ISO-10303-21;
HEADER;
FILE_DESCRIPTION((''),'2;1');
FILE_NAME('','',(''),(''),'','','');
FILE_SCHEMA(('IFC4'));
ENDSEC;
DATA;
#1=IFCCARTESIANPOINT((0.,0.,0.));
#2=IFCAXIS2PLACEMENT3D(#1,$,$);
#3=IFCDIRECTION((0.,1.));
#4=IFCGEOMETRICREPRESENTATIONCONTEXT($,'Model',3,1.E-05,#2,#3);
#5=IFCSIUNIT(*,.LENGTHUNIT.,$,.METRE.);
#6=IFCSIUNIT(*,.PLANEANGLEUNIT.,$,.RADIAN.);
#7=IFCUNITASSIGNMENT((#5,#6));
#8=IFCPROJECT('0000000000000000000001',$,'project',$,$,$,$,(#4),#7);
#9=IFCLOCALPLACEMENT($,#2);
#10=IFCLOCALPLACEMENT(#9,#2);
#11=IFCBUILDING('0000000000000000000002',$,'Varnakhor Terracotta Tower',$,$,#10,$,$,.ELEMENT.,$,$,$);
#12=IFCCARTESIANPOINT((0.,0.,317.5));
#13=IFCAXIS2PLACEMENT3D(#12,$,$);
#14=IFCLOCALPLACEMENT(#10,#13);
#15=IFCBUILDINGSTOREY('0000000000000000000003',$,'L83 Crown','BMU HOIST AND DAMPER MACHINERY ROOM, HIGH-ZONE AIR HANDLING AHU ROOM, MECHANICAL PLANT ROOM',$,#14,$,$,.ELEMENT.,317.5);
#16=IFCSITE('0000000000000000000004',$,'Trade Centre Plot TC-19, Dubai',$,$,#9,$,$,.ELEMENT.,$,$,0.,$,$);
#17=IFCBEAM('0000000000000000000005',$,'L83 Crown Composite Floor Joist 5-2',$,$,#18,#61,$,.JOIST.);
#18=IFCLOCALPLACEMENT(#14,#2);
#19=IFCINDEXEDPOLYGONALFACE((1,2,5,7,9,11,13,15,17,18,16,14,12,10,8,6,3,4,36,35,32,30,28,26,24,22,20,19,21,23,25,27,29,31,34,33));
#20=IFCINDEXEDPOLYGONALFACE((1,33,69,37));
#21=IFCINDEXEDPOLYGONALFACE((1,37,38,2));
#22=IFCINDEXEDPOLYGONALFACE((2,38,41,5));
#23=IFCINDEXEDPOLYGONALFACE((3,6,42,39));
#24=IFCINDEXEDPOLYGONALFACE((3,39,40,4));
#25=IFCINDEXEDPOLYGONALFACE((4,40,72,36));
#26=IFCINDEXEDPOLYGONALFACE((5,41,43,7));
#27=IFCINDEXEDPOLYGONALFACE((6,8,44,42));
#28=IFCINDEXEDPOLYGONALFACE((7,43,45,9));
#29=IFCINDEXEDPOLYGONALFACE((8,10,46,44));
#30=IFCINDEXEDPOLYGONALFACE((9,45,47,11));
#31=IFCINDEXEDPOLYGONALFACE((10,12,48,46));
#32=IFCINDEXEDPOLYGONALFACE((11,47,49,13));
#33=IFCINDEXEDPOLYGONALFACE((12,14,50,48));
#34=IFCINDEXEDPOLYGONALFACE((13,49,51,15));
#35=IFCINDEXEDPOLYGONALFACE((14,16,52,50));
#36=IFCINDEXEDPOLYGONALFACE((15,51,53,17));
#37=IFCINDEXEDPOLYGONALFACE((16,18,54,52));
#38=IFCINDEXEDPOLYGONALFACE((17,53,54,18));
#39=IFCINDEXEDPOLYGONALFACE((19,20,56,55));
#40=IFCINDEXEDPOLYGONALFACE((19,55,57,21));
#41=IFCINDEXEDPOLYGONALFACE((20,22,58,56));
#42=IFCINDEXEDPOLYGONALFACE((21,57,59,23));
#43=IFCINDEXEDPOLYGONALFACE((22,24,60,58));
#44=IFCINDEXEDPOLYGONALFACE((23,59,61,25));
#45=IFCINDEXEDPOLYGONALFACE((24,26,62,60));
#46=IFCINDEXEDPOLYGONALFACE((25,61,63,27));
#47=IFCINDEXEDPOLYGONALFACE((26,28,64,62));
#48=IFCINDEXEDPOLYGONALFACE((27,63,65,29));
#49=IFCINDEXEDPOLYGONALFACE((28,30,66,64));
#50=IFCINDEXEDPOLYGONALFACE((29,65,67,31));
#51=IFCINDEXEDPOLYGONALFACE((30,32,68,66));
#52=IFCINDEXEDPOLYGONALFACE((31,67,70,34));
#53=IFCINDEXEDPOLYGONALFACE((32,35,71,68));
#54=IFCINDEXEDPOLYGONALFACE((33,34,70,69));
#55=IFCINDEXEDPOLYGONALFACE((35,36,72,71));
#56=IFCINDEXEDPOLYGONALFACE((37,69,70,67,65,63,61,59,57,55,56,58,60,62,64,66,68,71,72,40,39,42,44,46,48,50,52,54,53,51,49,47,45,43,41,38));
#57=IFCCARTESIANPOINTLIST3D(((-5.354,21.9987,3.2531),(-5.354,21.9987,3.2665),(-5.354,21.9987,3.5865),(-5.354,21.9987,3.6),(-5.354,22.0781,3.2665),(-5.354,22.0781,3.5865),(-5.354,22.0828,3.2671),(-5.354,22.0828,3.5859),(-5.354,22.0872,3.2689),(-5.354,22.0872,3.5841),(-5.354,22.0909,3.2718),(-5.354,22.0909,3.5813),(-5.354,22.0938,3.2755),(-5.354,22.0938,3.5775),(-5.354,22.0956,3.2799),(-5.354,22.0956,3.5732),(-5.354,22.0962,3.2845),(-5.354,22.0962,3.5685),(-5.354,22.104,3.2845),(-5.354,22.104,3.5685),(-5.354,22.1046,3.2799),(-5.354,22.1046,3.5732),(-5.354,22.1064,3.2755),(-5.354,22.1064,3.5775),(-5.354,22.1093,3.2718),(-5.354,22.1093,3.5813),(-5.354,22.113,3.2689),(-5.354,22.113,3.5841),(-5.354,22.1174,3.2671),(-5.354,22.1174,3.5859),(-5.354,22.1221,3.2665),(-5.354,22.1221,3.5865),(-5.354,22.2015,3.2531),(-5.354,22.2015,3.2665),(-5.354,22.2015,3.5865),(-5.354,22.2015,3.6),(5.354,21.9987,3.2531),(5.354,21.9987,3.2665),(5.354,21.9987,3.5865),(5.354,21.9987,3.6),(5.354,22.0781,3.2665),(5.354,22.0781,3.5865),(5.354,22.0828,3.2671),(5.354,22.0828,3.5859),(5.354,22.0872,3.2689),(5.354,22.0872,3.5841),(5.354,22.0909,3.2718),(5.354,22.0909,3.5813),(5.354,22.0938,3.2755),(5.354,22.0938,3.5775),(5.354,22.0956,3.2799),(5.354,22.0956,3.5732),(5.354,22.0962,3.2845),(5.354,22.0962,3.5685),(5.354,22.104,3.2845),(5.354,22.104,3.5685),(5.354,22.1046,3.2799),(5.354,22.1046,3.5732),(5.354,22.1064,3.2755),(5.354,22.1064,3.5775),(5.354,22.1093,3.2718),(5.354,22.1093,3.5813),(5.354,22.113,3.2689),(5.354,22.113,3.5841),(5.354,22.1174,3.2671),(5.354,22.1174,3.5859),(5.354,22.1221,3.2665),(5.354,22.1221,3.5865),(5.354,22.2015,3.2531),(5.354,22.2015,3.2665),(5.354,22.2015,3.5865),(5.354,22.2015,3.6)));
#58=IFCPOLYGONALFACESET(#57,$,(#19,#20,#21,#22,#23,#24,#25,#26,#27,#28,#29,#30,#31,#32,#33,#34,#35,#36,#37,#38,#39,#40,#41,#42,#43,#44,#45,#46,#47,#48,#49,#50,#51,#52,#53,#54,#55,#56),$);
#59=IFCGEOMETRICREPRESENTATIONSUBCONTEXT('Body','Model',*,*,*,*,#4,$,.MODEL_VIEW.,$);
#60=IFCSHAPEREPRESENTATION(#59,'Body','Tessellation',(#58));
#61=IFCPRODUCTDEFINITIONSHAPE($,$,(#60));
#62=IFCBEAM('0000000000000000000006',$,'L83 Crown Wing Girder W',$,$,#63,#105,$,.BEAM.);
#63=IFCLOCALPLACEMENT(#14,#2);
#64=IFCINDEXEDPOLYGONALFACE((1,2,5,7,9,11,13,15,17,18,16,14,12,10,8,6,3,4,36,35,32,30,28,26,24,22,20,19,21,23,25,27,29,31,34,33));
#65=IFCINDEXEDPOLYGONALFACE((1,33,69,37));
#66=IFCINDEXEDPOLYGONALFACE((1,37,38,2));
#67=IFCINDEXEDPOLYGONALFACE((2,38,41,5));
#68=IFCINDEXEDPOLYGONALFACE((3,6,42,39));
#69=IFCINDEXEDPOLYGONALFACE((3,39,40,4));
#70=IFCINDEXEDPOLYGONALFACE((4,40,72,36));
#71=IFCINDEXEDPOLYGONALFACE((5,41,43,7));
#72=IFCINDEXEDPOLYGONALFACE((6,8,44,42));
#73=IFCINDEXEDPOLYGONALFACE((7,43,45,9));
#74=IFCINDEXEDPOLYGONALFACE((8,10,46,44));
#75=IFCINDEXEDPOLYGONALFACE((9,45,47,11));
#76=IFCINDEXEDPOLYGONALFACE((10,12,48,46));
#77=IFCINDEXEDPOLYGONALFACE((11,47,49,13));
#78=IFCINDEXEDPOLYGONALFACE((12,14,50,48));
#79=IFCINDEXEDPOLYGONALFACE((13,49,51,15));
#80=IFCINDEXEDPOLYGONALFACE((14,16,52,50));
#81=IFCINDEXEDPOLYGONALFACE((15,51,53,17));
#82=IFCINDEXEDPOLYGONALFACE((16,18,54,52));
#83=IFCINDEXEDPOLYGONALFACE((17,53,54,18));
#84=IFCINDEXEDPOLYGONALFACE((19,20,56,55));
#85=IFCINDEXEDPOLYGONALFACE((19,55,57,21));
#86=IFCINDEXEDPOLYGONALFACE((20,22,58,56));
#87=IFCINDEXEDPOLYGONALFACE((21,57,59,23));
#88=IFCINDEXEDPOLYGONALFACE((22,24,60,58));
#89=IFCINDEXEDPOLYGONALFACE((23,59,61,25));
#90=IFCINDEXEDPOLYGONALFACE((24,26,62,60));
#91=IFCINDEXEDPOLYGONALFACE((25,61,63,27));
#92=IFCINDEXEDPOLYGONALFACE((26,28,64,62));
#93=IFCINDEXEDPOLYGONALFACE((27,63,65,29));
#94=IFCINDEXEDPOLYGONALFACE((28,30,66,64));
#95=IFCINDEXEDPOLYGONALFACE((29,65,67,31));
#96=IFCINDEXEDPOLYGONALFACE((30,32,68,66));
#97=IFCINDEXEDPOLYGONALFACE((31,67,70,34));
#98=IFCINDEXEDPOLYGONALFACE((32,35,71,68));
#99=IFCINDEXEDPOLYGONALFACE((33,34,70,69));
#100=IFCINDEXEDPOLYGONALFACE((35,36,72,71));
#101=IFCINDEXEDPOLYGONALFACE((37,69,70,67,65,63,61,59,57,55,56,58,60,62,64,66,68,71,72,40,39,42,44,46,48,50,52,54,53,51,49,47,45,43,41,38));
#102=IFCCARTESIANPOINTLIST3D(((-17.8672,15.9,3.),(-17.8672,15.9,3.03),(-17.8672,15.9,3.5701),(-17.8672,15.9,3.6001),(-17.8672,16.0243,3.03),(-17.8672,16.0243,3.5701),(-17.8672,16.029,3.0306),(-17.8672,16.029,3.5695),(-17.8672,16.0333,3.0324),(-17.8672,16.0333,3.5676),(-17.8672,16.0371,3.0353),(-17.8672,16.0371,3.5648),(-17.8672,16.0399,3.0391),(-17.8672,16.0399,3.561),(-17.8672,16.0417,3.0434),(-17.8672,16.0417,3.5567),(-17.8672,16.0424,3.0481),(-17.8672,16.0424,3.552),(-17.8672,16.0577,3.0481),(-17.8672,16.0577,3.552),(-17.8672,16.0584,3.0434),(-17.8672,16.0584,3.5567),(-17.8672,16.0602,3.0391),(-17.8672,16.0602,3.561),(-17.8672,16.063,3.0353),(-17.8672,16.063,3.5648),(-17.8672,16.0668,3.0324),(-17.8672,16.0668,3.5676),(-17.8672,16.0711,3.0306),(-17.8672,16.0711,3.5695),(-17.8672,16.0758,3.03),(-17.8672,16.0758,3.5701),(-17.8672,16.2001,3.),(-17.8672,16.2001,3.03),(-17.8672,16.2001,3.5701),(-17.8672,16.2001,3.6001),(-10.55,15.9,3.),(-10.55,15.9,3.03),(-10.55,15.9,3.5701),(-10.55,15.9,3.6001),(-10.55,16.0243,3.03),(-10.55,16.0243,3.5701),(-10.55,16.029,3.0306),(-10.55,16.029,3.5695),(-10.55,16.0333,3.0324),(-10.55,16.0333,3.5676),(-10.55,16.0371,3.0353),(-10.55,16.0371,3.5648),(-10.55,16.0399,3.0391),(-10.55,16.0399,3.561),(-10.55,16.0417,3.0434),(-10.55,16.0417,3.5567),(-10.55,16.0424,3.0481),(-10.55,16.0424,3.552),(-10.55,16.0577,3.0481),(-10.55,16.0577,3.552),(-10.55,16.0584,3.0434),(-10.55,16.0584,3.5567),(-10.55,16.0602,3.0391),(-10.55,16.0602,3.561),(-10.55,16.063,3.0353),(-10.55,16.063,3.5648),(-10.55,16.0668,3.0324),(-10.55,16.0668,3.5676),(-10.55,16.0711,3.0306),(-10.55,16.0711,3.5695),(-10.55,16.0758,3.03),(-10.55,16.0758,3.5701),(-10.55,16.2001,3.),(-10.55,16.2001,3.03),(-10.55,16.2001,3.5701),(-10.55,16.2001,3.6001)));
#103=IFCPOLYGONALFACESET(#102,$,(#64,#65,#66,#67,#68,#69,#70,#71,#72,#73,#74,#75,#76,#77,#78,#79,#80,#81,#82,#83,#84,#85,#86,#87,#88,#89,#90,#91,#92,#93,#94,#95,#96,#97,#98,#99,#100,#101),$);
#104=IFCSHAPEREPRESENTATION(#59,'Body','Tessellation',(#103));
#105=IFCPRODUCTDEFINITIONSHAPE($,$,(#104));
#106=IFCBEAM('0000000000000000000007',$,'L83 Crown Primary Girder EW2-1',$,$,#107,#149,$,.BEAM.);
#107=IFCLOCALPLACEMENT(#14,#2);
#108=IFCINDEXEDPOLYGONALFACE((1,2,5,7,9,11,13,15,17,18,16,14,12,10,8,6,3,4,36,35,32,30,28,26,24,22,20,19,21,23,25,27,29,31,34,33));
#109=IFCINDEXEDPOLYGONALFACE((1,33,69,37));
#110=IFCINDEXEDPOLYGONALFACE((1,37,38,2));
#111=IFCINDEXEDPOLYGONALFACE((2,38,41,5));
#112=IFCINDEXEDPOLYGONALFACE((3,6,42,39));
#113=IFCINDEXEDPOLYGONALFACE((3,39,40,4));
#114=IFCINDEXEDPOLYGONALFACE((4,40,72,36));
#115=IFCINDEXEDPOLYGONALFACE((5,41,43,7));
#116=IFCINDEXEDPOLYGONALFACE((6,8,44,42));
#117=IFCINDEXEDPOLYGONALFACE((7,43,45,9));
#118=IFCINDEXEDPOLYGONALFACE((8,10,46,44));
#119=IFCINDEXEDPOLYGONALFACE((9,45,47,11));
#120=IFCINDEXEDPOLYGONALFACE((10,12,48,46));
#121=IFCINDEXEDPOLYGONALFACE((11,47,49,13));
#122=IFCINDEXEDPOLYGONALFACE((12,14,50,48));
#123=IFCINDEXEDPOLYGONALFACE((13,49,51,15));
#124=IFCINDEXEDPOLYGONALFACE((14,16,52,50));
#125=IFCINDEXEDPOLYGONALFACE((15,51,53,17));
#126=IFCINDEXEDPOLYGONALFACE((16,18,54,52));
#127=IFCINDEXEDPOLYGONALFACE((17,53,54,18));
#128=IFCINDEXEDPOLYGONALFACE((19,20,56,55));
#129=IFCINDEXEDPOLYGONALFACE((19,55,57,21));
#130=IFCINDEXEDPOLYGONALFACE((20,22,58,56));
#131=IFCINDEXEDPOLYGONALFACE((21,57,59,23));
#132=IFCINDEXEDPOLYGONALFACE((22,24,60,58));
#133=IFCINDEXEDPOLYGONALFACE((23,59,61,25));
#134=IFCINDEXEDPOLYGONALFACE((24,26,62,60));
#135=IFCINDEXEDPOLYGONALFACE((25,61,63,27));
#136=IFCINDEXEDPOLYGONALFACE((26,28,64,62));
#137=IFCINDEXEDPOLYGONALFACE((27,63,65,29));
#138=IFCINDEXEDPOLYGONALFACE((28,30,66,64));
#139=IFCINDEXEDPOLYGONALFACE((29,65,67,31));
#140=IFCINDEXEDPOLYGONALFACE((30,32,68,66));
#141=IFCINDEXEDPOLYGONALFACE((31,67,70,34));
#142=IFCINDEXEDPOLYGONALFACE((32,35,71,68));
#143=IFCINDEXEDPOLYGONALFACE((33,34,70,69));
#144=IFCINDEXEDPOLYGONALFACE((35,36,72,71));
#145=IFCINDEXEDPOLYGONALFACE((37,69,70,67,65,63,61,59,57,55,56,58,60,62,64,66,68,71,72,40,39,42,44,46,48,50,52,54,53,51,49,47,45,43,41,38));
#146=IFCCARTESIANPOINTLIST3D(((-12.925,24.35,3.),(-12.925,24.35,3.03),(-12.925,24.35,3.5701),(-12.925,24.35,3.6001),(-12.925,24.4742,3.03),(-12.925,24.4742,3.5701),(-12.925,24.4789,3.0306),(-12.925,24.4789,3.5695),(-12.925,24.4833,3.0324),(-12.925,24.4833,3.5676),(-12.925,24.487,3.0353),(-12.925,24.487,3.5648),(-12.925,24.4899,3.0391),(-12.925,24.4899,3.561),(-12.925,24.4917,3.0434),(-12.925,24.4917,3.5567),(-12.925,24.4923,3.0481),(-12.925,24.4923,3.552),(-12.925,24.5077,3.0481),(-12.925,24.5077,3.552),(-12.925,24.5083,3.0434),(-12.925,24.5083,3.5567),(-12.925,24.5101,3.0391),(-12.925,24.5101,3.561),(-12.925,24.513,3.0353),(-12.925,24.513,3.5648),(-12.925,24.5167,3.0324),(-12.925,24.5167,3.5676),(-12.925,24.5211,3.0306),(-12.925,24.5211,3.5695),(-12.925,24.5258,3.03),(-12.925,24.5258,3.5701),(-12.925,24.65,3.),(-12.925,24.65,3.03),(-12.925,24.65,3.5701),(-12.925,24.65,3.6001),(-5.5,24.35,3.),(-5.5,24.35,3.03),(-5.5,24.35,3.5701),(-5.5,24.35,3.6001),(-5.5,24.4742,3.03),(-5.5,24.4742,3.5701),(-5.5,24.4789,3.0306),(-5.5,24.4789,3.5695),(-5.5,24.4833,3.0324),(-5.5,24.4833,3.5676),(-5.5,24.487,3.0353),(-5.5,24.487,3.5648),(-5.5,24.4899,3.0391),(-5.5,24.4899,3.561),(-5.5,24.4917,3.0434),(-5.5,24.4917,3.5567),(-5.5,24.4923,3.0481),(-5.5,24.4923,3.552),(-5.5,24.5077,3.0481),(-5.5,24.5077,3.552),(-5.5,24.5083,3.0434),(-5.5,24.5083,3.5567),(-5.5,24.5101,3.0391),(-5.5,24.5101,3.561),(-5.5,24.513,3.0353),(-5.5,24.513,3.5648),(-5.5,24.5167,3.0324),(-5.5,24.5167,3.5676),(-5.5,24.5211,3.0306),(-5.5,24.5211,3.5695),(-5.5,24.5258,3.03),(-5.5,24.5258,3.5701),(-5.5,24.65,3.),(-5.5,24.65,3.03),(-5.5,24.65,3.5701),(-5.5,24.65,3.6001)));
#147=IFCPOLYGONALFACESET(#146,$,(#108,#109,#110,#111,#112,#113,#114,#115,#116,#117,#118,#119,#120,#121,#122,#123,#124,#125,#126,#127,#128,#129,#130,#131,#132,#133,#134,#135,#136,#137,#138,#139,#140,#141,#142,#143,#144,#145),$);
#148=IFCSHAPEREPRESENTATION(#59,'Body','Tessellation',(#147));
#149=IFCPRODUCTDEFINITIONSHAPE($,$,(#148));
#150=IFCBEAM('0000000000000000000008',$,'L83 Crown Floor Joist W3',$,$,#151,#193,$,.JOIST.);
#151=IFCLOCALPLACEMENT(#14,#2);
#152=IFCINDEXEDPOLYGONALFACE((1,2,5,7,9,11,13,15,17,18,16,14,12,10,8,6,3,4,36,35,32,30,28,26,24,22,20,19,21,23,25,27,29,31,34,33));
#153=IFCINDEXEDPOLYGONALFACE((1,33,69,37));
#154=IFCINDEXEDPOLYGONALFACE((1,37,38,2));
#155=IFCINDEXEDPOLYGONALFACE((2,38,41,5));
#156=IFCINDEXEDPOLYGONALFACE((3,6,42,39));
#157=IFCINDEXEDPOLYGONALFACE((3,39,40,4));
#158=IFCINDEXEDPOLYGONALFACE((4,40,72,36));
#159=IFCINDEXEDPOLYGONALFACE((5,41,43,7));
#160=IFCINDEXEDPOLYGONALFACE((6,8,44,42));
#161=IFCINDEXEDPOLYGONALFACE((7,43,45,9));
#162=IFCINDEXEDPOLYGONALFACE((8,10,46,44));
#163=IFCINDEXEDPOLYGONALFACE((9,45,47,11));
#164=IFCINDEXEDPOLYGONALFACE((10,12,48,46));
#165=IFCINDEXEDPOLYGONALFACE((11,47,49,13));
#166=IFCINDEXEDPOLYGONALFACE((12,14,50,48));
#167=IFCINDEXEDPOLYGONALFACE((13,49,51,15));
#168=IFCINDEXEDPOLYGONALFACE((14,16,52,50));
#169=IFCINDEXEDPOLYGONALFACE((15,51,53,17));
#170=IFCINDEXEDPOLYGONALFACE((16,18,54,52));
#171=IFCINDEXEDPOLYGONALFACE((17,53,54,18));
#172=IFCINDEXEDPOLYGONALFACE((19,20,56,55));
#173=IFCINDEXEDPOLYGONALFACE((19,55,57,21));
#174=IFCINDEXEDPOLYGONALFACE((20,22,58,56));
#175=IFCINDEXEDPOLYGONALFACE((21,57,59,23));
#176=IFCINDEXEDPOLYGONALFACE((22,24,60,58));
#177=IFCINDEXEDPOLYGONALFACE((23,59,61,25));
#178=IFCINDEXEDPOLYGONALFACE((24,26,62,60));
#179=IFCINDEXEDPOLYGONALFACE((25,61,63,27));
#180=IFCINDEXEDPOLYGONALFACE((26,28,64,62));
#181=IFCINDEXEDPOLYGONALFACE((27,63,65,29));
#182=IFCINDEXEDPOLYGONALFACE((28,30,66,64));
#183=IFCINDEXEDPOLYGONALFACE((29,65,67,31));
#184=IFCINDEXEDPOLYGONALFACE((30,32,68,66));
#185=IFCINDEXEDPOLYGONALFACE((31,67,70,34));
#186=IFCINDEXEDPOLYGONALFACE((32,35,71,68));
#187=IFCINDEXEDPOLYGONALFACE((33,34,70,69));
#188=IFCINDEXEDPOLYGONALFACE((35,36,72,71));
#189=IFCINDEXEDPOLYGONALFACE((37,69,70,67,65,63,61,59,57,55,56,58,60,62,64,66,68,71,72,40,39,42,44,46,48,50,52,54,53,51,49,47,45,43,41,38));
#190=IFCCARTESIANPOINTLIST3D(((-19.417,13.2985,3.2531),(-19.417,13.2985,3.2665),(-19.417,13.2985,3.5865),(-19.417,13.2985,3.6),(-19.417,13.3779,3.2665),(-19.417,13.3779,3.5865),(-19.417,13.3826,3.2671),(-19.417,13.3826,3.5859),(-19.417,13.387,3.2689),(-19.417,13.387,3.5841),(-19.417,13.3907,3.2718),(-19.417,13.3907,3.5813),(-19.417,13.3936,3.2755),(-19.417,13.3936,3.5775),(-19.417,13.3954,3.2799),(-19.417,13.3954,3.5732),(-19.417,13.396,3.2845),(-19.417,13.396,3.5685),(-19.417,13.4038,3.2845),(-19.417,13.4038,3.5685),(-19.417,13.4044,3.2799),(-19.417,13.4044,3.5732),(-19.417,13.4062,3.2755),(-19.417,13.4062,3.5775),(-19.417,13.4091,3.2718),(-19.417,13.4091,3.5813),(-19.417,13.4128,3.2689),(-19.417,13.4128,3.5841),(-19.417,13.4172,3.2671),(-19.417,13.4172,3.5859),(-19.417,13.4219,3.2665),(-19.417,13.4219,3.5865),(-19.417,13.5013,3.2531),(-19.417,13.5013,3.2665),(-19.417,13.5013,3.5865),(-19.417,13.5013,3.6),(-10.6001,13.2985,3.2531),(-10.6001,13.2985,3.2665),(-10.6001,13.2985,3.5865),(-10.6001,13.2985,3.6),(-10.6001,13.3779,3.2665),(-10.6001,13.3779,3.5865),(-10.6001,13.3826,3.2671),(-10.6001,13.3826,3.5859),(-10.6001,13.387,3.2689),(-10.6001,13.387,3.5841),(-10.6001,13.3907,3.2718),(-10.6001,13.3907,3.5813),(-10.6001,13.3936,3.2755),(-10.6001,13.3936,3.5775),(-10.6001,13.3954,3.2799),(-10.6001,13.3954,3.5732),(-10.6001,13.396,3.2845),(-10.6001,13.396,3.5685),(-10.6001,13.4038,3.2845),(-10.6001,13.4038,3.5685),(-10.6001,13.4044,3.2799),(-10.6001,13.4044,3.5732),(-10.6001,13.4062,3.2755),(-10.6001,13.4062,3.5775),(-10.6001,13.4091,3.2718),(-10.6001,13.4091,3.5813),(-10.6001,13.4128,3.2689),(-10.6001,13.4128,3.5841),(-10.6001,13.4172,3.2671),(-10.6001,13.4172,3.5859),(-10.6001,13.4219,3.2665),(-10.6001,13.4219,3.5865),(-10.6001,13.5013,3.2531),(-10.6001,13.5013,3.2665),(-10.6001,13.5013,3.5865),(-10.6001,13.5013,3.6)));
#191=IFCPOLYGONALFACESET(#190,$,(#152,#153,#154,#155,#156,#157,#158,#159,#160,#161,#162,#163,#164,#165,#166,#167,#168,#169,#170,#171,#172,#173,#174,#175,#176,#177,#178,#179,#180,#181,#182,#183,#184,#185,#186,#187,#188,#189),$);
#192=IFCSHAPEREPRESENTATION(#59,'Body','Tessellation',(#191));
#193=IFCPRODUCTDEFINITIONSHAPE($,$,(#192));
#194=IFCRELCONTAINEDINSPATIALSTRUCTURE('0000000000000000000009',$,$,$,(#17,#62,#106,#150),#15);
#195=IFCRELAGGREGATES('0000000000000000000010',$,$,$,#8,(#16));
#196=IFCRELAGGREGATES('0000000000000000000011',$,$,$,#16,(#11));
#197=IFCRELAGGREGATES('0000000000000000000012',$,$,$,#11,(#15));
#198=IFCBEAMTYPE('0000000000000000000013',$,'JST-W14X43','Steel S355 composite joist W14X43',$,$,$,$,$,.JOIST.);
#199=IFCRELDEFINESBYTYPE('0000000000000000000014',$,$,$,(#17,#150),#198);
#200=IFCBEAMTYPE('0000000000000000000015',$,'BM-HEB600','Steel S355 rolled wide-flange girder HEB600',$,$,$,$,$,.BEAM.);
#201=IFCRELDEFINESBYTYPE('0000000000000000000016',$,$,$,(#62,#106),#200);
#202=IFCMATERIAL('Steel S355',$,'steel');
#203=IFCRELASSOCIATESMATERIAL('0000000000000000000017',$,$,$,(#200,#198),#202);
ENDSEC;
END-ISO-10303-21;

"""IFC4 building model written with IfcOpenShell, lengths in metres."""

from ifc_helpers import new_model, si_unit, direction, frame, origin, origin_2d, place, context, subcontext, project, spatial, i_section, extrude, source, transform, mapped, material, material_profile, profile_set, type_object, element, save


model = new_model("IFC4")

# Units and contexts
model_context = context("Model", 3, precision=1e-05, world=origin(), true_north=direction((0.0, 1.0)))
body_context = subcontext(model_context, "Body", "Model", "MODEL_VIEW")
ifc_project = project(units=[si_unit("LENGTHUNIT", "METRE"), si_unit("PLANEANGLEUNIT", "RADIAN")], contexts=[model_context])

# Site, building, storey
site_placement = place(None, origin())
site = spatial("IfcSite", under=ifc_project, at=site_placement, Name="Trade Centre Plot TC-19, Dubai", CompositionType="ELEMENT", RefElevation=0.0)
building_placement = place(site_placement, origin())
building = spatial("IfcBuilding", under=site, at=building_placement, Name="Varnakhor Terracotta Tower", CompositionType="ELEMENT")
storey_placement = place(building_placement, frame((0.0, 0.0, 317.5)))
storey = spatial("IfcBuildingStorey", under=building, at=storey_placement, Name="L83 Crown", Description="BMU HOIST AND DAMPER MACHINERY ROOM, HIGH-ZONE AIR HANDLING AHU ROOM, MECHANICAL PLANT ROOM", CompositionType="ELEMENT", Elevation=317.5)

# Beams
ifc_material_1 = material(Name="Steel S355", Category="steel")
ifc_material_profile_1 = material_profile(ifc_material_1, i_section(OverallWidth=0.3, OverallDepth=0.6001, WebThickness=0.0154, FlangeThickness=0.03, FilletRadius=0.0181, at=origin_2d()), Name="HEB600")
ifc_profile_set_1 = profile_set([ifc_material_profile_1], Name="Steel S355")
beam_type_1 = type_object("IfcBeamType", Name="BM-HEB600", Description="Steel S355 rolled wide-flange girder HEB600", PredefinedType="BEAM", material=ifc_profile_set_1)
ifc_material_profile_2 = material_profile(ifc_material_1, i_section(OverallWidth=0.2029, OverallDepth=0.3469, WebThickness=0.0078, FlangeThickness=0.0134, FilletRadius=0.0181, at=origin_2d()), Name="W14X43")
ifc_profile_set_2 = profile_set([ifc_material_profile_2], Name="Steel S355")
beam_type_2 = type_object("IfcBeamType", Name="JST-W14X43", Description="Steel S355 composite joist W14X43", PredefinedType="JOIST", material=ifc_profile_set_2)
shared_shape_1 = source(origin(), body_context, "Body", "SweptSolid", [
    extrude(i_section(OverallWidth=0.2029, OverallDepth=0.3469, WebThickness=0.0078, FlangeThickness=0.0134, FilletRadius=0.0181, at=origin_2d()), origin(), (0.0, 0.0, 1.0), 10.708),
])
for number, where, z_axis, x_axis, name in (
    (1, (-5.354, 22.1001, 3.4265), (1.0, 0.0, 0.0), (0.0, 1.0, 0.0), "L83 Crown Composite Floor Joist 5-2"),
):
    element("IfcBeam", number, at=place(storey_placement, frame(where, z_axis=z_axis, x_axis=x_axis)), inside=storey, type_object=beam_type_2, Name=name, PredefinedType="JOIST", context=body_context, shape_type="MappedRepresentation", body=[
        mapped(shared_shape_1, transform((0.0, 0.0, 0.0), scale=1.0)),
    ])
shared_shape_2 = source(origin(), body_context, "Body", "SweptSolid", [
    extrude(i_section(OverallWidth=0.3, OverallDepth=0.6001, WebThickness=0.0154, FlangeThickness=0.03, FilletRadius=0.0181, at=origin_2d()), origin(), (0.0, 0.0, 1.0), 7.3171),
])
beam_1_placement = place(storey_placement, frame((-17.8672, 16.05, 3.3), z_axis=(1.0, 0.0, 0.0), x_axis=(0.0, 1.0, 0.0)))
element("IfcBeam", 2, at=beam_1_placement, inside=storey, type_object=beam_type_1, Name="L83 Crown Wing Girder W", PredefinedType="BEAM", context=body_context, shape_type="MappedRepresentation", body=[
    mapped(shared_shape_2, transform((0.0, 0.0, 0.0), scale=1.0)),
])
shared_shape_3 = source(origin(), body_context, "Body", "SweptSolid", [
    extrude(i_section(OverallWidth=0.3, OverallDepth=0.6001, WebThickness=0.0154, FlangeThickness=0.03, FilletRadius=0.0181, at=origin_2d()), origin(), (0.0, 0.0, 1.0), 7.425),
])
beam_2_placement = place(storey_placement, frame((-12.925, 24.5, 3.3), z_axis=(1.0, 0.0, 0.0), x_axis=(0.0, 1.0, 0.0)))
element("IfcBeam", 3, at=beam_2_placement, inside=storey, type_object=beam_type_1, Name="L83 Crown Primary Girder EW2-1", PredefinedType="BEAM", context=body_context, shape_type="MappedRepresentation", body=[
    mapped(shared_shape_3, transform((0.0, 0.0, 0.0), scale=1.0)),
])
shared_shape_4 = source(origin(), body_context, "Body", "SweptSolid", [
    extrude(i_section(OverallWidth=0.2029, OverallDepth=0.3469, WebThickness=0.0078, FlangeThickness=0.0134, FilletRadius=0.0181, at=origin_2d()), origin(), (0.0, 0.0, 1.0), 8.8169),
])
beam_3_placement = place(storey_placement, frame((-19.417, 13.3999, 3.4265), z_axis=(1.0, 0.0, 0.0), x_axis=(0.0, 1.0, 0.0)))
element("IfcBeam", 4, at=beam_3_placement, inside=storey, type_object=beam_type_2, Name="L83 Crown Floor Joist W3", PredefinedType="JOIST", context=body_context, shape_type="MappedRepresentation", body=[
    mapped(shared_shape_4, transform((0.0, 0.0, 0.0), scale=1.0)),
])

save(model, "model.ifc")
